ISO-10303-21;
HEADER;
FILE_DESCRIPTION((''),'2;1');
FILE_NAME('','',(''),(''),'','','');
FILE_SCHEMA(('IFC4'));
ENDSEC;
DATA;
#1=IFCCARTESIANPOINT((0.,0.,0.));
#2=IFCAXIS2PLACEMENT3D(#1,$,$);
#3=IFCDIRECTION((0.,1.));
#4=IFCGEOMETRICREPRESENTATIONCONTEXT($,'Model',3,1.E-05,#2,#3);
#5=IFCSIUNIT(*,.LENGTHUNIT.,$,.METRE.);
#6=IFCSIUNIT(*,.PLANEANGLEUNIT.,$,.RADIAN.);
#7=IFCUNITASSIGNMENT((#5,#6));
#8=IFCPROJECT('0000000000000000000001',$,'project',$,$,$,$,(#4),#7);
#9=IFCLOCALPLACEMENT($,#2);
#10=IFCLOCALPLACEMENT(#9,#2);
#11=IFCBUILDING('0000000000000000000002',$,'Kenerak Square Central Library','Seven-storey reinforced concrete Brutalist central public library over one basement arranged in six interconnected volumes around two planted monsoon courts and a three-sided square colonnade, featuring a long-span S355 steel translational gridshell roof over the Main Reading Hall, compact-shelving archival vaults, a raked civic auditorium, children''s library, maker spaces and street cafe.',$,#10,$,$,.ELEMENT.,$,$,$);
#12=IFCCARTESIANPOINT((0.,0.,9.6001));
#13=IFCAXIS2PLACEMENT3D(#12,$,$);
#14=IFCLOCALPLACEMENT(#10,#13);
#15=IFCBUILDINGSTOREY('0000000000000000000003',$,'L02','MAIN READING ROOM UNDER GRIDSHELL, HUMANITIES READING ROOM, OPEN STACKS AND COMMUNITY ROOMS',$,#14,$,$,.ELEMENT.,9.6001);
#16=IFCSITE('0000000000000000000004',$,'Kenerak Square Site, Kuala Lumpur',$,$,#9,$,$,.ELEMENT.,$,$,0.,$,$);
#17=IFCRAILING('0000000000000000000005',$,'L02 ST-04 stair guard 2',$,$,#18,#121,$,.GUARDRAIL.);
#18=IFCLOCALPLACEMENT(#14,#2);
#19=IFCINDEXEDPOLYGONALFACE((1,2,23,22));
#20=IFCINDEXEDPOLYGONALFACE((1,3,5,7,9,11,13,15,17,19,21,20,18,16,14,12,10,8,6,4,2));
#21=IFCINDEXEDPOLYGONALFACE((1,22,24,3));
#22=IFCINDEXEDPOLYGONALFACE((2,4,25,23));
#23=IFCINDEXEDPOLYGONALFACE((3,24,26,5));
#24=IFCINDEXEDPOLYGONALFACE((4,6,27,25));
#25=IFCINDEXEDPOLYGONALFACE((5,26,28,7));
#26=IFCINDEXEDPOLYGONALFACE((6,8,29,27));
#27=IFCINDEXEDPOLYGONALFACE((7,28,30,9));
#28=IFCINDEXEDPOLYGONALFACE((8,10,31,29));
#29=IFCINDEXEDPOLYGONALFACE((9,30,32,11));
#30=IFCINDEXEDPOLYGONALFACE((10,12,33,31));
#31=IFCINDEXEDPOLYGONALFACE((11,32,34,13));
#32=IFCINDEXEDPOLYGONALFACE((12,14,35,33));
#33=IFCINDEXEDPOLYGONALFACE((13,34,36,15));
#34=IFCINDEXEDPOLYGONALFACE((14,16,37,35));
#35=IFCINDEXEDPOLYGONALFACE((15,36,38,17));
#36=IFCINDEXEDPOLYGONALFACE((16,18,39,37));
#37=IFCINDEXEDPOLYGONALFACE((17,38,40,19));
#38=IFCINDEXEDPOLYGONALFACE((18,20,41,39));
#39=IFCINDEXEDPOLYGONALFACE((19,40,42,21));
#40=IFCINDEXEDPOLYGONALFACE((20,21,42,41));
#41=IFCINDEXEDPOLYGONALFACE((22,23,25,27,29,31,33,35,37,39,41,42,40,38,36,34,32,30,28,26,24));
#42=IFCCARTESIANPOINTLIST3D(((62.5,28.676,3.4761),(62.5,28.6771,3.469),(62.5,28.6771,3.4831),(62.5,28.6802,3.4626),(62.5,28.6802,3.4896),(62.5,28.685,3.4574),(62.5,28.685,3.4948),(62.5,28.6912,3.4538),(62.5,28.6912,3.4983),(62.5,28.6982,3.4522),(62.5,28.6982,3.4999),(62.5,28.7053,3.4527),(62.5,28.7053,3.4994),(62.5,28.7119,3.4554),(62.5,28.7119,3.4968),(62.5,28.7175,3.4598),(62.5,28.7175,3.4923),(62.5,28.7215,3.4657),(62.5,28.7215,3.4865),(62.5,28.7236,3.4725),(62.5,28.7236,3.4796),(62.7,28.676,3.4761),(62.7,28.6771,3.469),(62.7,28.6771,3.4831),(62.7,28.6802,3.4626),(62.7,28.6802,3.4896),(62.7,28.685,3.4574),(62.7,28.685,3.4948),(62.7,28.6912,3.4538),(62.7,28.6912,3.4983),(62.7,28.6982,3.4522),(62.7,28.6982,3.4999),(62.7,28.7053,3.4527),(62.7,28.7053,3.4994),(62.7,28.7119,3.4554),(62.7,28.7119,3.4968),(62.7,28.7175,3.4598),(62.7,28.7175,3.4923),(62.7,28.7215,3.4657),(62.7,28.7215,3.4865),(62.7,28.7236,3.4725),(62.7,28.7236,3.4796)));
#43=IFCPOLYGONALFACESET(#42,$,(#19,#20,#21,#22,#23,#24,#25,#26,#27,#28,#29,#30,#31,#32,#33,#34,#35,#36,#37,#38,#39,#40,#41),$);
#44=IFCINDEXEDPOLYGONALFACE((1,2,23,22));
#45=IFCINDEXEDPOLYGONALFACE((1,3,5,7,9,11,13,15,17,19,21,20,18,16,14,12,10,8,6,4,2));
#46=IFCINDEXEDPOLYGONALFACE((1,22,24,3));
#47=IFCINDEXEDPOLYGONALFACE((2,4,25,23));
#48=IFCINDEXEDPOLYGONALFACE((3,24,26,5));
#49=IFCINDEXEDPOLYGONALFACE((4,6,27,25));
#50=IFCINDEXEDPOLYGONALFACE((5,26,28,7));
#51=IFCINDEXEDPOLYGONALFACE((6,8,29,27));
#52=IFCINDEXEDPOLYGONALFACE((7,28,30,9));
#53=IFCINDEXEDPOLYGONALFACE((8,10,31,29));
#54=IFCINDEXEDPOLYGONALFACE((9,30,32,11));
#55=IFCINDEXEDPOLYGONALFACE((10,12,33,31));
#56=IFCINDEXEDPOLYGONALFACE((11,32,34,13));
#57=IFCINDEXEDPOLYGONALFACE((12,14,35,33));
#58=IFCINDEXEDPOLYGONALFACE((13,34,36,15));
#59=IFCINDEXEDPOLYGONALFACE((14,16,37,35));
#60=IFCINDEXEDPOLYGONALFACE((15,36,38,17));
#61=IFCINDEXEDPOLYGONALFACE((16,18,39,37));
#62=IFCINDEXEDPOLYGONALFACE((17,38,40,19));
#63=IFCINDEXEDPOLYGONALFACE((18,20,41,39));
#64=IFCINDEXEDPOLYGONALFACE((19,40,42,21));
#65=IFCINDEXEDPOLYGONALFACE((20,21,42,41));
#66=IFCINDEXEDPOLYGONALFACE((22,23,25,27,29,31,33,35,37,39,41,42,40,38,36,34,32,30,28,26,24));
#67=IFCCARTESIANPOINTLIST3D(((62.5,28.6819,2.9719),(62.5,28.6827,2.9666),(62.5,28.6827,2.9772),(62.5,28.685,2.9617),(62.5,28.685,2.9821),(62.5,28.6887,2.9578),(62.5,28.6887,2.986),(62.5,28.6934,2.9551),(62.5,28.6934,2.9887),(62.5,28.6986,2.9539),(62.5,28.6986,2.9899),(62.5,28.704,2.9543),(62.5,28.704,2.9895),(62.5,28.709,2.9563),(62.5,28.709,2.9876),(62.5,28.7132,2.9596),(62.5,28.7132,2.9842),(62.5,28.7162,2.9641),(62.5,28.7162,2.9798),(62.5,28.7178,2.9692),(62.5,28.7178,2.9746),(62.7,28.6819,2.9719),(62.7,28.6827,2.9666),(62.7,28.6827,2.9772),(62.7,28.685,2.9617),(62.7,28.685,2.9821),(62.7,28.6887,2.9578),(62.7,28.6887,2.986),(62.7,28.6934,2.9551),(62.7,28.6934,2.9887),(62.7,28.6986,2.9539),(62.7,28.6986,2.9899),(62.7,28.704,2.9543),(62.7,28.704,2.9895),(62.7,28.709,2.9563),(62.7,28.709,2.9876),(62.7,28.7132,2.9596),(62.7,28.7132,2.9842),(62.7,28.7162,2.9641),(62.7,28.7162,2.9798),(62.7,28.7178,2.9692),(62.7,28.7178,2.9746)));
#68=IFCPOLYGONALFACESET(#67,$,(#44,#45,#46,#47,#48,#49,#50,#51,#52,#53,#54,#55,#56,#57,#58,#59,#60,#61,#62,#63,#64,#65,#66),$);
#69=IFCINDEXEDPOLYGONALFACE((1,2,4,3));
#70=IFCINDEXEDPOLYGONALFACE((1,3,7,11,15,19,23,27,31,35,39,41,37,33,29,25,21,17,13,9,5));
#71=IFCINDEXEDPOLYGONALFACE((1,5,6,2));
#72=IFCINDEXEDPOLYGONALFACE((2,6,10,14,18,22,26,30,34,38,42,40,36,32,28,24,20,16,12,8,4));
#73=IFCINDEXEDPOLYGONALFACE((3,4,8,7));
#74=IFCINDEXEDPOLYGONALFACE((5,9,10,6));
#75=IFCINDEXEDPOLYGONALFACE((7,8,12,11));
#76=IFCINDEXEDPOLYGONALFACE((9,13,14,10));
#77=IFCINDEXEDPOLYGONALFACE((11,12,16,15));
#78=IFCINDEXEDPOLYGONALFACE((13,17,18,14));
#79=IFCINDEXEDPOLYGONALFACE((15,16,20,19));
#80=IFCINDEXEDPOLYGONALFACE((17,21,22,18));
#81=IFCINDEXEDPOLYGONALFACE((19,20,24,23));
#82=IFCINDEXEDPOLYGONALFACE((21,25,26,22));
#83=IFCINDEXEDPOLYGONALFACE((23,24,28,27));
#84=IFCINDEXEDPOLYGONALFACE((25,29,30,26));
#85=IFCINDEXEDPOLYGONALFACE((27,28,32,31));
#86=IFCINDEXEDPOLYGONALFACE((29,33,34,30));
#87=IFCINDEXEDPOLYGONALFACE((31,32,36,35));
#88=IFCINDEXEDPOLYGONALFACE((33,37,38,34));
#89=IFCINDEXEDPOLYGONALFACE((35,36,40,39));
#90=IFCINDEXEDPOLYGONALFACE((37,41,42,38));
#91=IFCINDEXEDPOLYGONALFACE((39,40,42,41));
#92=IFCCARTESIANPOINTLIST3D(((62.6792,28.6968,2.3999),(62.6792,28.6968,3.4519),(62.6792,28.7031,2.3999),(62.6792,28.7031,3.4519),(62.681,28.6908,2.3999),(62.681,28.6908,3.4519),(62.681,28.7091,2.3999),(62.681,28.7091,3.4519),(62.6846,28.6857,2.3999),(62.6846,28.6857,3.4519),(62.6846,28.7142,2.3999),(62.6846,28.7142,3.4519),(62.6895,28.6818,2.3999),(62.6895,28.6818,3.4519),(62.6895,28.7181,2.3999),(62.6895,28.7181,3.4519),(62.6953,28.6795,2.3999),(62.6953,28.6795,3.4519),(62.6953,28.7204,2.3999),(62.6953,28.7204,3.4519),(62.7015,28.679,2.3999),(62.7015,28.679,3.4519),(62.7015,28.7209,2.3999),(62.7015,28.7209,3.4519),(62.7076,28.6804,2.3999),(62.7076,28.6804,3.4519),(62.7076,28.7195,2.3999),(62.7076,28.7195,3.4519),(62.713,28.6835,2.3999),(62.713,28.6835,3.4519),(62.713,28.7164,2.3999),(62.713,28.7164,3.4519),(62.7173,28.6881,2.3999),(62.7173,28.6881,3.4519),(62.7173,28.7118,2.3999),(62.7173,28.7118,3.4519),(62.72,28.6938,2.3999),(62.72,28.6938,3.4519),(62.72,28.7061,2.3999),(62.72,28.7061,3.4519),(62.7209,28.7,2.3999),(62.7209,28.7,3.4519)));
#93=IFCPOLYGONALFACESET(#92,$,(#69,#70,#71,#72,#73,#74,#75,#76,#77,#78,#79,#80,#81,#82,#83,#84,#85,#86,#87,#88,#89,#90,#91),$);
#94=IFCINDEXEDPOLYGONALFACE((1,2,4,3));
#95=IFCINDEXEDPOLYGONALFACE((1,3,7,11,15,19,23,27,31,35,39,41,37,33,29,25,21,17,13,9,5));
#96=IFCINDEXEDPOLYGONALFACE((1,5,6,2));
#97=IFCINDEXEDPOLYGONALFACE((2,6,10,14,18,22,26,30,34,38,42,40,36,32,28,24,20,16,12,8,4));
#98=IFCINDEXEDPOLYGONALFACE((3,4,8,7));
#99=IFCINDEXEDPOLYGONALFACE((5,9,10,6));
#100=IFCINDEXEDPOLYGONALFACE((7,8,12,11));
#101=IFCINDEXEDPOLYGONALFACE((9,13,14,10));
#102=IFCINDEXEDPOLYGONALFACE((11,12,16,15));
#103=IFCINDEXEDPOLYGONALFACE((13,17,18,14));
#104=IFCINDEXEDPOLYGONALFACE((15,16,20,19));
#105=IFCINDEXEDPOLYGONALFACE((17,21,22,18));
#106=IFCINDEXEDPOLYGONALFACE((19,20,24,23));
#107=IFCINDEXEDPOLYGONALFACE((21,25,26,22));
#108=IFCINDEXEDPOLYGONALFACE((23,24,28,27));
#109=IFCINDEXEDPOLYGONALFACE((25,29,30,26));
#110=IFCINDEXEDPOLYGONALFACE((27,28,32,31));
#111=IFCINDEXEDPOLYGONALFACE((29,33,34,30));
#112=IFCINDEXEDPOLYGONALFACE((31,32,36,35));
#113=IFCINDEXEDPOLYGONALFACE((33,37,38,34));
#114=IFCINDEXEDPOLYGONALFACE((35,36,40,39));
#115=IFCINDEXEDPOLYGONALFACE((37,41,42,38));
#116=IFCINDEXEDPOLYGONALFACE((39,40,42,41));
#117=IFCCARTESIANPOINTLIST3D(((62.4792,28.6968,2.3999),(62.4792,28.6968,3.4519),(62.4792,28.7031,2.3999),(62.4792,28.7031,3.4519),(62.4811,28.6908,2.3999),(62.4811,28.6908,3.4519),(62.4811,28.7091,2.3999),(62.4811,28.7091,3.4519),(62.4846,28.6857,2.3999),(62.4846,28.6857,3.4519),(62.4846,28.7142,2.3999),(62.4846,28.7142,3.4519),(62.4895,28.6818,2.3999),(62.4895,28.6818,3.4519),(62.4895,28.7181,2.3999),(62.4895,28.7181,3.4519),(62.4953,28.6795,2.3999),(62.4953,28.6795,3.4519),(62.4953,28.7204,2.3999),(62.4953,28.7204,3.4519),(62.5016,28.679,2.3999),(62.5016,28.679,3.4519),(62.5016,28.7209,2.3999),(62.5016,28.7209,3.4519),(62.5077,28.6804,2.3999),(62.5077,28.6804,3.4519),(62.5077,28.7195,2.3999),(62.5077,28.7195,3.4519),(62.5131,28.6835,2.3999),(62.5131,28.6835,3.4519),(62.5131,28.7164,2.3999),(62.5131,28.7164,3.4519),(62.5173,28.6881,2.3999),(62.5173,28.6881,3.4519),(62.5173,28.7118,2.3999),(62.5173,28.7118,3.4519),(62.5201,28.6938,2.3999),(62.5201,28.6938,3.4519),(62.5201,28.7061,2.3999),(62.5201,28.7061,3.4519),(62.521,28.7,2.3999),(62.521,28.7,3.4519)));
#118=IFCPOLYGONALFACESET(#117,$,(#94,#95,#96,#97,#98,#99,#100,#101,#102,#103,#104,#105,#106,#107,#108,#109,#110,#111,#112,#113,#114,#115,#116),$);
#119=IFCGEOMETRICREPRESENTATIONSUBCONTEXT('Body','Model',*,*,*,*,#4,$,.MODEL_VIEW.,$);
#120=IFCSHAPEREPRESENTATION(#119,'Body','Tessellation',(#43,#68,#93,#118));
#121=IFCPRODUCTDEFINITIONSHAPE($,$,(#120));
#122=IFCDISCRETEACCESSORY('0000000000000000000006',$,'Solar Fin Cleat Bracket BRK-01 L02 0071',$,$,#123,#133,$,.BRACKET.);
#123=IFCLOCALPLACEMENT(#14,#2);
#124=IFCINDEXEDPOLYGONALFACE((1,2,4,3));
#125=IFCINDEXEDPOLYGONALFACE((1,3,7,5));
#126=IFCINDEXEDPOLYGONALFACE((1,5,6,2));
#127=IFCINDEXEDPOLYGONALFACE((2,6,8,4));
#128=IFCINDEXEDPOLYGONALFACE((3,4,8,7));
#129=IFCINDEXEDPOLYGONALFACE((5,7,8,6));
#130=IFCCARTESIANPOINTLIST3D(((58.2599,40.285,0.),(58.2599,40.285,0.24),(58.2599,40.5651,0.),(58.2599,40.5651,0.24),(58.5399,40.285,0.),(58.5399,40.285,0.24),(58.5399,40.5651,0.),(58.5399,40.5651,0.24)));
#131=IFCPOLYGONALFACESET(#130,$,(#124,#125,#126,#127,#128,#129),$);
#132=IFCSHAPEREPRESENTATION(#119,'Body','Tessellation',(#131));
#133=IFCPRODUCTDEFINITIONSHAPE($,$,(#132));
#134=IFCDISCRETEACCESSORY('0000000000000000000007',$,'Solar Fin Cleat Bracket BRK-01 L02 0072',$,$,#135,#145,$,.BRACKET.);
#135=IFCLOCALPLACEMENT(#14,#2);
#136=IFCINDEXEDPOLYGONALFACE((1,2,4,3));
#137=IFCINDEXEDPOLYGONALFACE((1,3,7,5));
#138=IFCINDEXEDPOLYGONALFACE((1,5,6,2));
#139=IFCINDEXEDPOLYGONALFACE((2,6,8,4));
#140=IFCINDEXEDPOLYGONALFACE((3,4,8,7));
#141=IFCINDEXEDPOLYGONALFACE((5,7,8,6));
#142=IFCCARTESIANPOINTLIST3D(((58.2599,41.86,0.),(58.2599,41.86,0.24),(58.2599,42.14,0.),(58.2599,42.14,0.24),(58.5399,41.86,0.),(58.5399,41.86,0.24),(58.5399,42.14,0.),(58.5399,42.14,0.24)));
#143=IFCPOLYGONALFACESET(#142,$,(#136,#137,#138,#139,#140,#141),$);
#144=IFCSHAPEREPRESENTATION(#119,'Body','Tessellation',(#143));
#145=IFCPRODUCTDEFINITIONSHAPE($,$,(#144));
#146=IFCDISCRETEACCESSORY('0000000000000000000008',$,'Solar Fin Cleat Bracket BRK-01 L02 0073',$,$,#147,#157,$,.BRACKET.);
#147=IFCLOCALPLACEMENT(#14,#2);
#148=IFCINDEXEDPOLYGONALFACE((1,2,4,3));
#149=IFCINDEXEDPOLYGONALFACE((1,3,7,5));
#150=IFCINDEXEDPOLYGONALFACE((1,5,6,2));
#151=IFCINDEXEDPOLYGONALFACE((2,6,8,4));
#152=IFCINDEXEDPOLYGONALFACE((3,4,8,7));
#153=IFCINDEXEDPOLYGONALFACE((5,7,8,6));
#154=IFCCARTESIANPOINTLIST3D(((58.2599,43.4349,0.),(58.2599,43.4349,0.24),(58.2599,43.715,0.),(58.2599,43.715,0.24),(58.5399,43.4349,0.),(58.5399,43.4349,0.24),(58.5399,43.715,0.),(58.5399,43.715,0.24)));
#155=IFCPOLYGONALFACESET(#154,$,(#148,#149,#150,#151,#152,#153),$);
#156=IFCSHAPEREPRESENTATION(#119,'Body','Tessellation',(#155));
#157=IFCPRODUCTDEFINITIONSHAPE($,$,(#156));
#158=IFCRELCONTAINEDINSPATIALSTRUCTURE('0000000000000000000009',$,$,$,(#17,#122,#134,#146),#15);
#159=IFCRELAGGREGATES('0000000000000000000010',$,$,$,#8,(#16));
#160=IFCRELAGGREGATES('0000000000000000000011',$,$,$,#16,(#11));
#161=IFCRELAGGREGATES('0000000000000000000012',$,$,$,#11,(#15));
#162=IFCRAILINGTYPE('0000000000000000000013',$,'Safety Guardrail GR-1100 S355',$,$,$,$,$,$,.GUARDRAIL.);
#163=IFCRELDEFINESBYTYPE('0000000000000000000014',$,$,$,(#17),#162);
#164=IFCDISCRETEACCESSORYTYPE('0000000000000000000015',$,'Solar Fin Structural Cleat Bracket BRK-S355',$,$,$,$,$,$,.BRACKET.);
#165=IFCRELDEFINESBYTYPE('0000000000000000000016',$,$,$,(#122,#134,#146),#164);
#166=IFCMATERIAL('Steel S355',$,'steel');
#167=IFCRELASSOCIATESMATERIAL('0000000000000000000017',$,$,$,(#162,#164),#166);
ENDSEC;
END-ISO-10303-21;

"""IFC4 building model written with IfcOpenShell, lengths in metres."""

from ifc_helpers import new_model, si_unit, direction, frame, origin, origin_2d, place, context, subcontext, project, spatial, rectangle, circle, extrude, material, type_object, element, save


model = new_model("IFC4")

# Units and contexts
model_context = context("Model", 3, precision=1e-05, world=origin(), true_north=direction((0.0, 1.0)))
body_context = subcontext(model_context, "Body", "Model", "MODEL_VIEW")
ifc_project = project(units=[si_unit("LENGTHUNIT", "METRE"), si_unit("PLANEANGLEUNIT", "RADIAN")], contexts=[model_context])

# Site, building, storey
site_placement = place(None, origin())
site = spatial("IfcSite", under=ifc_project, at=site_placement, Name="Kenerak Square Site, Kuala Lumpur", CompositionType="ELEMENT", RefElevation=0.0)
building_placement = place(site_placement, origin())
building = spatial("IfcBuilding", under=site, at=building_placement, Name="Kenerak Square Central Library", Description="Seven-storey reinforced concrete Brutalist central public library over one basement arranged in six interconnected volumes around two planted monsoon courts and a three-sided square colonnade, featuring a long-span S355 steel translational gridshell roof over the Main Reading Hall, compact-shelving archival vaults, a raked civic auditorium, children's library, maker spaces and street cafe.", CompositionType="ELEMENT")
storey_placement = place(building_placement, frame((0.0, 0.0, 9.6001)))
storey = spatial("IfcBuildingStorey", under=building, at=storey_placement, Name="L02", Description="MAIN READING ROOM UNDER GRIDSHELL, HUMANITIES READING ROOM, OPEN STACKS AND COMMUNITY ROOMS", CompositionType="ELEMENT", Elevation=9.6001)

# Railing
ifc_material_1 = material(Name="Steel S355", Category="steel")
railing_type = type_object("IfcRailingType", Name="Safety Guardrail GR-1100 S355", PredefinedType="GUARDRAIL", material=ifc_material_1)
railing_1_placement = place(storey_placement, frame((62.7, 28.7, 2.3999)))
element("IfcRailing", 1, at=railing_1_placement, inside=storey, type_object=railing_type, Name="L02 ST-04 stair guard 2", PredefinedType="GUARDRAIL", context=body_context, shape_type="SweptSolid", body=[
    extrude(circle(Radius=0.0239, at=origin_2d()), frame((0.0, 0.0, 1.0762), z_axis=(-1.0, 0.0, 0.0), x_axis=(0.0, -1.0, 0.0)), (0.0, 0.0, 1.0), 0.2),
    extrude(circle(Radius=0.0181, at=origin_2d()), frame((0.0, 0.0, 0.572), z_axis=(-1.0, 0.0, 0.0), x_axis=(0.0, -1.0, 0.0)), (0.0, 0.0, 1.0), 0.2),
    extrude(circle(Radius=0.021, at=origin_2d()), origin(), (0.0, 0.0, 1.0), 1.052),
    extrude(circle(Radius=0.021, at=origin_2d()), frame((-0.2, 0.0, 0.0)), (0.0, 0.0, 1.0), 1.052),
])

# Discrete accessories
discrete_accessory_type = type_object("IfcDiscreteAccessoryType", Name="Solar Fin Structural Cleat Bracket BRK-S355", PredefinedType="BRACKET", material=ifc_material_1)
for number, where, z_axis, x_axis, name in (
    (2, (58.3999, 40.425, 0.0), (0.0, 0.0, 1.0), (0.0, 1.0, 0.0), "Solar Fin Cleat Bracket BRK-01 L02 0071"),
    (3, (58.3999, 42.0, 0.0), (0.0, 0.0, 1.0), (0.0, 1.0, 0.0), "Solar Fin Cleat Bracket BRK-01 L02 0072"),
    (4, (58.3999, 43.575, 0.0), (0.0, 0.0, 1.0), (0.0, 1.0, 0.0), "Solar Fin Cleat Bracket BRK-01 L02 0073"),
):
    element("IfcDiscreteAccessory", number, at=place(storey_placement, frame(where, z_axis=z_axis, x_axis=x_axis)), inside=storey, type_object=discrete_accessory_type, Name=name, PredefinedType="BRACKET", context=body_context, shape_type="SweptSolid", body=[
        extrude(rectangle(XDim=0.28, YDim=0.28, at=origin_2d()), origin(), (0.0, 0.0, 1.0), 0.24),
    ])

save(model, "model.ifc")
